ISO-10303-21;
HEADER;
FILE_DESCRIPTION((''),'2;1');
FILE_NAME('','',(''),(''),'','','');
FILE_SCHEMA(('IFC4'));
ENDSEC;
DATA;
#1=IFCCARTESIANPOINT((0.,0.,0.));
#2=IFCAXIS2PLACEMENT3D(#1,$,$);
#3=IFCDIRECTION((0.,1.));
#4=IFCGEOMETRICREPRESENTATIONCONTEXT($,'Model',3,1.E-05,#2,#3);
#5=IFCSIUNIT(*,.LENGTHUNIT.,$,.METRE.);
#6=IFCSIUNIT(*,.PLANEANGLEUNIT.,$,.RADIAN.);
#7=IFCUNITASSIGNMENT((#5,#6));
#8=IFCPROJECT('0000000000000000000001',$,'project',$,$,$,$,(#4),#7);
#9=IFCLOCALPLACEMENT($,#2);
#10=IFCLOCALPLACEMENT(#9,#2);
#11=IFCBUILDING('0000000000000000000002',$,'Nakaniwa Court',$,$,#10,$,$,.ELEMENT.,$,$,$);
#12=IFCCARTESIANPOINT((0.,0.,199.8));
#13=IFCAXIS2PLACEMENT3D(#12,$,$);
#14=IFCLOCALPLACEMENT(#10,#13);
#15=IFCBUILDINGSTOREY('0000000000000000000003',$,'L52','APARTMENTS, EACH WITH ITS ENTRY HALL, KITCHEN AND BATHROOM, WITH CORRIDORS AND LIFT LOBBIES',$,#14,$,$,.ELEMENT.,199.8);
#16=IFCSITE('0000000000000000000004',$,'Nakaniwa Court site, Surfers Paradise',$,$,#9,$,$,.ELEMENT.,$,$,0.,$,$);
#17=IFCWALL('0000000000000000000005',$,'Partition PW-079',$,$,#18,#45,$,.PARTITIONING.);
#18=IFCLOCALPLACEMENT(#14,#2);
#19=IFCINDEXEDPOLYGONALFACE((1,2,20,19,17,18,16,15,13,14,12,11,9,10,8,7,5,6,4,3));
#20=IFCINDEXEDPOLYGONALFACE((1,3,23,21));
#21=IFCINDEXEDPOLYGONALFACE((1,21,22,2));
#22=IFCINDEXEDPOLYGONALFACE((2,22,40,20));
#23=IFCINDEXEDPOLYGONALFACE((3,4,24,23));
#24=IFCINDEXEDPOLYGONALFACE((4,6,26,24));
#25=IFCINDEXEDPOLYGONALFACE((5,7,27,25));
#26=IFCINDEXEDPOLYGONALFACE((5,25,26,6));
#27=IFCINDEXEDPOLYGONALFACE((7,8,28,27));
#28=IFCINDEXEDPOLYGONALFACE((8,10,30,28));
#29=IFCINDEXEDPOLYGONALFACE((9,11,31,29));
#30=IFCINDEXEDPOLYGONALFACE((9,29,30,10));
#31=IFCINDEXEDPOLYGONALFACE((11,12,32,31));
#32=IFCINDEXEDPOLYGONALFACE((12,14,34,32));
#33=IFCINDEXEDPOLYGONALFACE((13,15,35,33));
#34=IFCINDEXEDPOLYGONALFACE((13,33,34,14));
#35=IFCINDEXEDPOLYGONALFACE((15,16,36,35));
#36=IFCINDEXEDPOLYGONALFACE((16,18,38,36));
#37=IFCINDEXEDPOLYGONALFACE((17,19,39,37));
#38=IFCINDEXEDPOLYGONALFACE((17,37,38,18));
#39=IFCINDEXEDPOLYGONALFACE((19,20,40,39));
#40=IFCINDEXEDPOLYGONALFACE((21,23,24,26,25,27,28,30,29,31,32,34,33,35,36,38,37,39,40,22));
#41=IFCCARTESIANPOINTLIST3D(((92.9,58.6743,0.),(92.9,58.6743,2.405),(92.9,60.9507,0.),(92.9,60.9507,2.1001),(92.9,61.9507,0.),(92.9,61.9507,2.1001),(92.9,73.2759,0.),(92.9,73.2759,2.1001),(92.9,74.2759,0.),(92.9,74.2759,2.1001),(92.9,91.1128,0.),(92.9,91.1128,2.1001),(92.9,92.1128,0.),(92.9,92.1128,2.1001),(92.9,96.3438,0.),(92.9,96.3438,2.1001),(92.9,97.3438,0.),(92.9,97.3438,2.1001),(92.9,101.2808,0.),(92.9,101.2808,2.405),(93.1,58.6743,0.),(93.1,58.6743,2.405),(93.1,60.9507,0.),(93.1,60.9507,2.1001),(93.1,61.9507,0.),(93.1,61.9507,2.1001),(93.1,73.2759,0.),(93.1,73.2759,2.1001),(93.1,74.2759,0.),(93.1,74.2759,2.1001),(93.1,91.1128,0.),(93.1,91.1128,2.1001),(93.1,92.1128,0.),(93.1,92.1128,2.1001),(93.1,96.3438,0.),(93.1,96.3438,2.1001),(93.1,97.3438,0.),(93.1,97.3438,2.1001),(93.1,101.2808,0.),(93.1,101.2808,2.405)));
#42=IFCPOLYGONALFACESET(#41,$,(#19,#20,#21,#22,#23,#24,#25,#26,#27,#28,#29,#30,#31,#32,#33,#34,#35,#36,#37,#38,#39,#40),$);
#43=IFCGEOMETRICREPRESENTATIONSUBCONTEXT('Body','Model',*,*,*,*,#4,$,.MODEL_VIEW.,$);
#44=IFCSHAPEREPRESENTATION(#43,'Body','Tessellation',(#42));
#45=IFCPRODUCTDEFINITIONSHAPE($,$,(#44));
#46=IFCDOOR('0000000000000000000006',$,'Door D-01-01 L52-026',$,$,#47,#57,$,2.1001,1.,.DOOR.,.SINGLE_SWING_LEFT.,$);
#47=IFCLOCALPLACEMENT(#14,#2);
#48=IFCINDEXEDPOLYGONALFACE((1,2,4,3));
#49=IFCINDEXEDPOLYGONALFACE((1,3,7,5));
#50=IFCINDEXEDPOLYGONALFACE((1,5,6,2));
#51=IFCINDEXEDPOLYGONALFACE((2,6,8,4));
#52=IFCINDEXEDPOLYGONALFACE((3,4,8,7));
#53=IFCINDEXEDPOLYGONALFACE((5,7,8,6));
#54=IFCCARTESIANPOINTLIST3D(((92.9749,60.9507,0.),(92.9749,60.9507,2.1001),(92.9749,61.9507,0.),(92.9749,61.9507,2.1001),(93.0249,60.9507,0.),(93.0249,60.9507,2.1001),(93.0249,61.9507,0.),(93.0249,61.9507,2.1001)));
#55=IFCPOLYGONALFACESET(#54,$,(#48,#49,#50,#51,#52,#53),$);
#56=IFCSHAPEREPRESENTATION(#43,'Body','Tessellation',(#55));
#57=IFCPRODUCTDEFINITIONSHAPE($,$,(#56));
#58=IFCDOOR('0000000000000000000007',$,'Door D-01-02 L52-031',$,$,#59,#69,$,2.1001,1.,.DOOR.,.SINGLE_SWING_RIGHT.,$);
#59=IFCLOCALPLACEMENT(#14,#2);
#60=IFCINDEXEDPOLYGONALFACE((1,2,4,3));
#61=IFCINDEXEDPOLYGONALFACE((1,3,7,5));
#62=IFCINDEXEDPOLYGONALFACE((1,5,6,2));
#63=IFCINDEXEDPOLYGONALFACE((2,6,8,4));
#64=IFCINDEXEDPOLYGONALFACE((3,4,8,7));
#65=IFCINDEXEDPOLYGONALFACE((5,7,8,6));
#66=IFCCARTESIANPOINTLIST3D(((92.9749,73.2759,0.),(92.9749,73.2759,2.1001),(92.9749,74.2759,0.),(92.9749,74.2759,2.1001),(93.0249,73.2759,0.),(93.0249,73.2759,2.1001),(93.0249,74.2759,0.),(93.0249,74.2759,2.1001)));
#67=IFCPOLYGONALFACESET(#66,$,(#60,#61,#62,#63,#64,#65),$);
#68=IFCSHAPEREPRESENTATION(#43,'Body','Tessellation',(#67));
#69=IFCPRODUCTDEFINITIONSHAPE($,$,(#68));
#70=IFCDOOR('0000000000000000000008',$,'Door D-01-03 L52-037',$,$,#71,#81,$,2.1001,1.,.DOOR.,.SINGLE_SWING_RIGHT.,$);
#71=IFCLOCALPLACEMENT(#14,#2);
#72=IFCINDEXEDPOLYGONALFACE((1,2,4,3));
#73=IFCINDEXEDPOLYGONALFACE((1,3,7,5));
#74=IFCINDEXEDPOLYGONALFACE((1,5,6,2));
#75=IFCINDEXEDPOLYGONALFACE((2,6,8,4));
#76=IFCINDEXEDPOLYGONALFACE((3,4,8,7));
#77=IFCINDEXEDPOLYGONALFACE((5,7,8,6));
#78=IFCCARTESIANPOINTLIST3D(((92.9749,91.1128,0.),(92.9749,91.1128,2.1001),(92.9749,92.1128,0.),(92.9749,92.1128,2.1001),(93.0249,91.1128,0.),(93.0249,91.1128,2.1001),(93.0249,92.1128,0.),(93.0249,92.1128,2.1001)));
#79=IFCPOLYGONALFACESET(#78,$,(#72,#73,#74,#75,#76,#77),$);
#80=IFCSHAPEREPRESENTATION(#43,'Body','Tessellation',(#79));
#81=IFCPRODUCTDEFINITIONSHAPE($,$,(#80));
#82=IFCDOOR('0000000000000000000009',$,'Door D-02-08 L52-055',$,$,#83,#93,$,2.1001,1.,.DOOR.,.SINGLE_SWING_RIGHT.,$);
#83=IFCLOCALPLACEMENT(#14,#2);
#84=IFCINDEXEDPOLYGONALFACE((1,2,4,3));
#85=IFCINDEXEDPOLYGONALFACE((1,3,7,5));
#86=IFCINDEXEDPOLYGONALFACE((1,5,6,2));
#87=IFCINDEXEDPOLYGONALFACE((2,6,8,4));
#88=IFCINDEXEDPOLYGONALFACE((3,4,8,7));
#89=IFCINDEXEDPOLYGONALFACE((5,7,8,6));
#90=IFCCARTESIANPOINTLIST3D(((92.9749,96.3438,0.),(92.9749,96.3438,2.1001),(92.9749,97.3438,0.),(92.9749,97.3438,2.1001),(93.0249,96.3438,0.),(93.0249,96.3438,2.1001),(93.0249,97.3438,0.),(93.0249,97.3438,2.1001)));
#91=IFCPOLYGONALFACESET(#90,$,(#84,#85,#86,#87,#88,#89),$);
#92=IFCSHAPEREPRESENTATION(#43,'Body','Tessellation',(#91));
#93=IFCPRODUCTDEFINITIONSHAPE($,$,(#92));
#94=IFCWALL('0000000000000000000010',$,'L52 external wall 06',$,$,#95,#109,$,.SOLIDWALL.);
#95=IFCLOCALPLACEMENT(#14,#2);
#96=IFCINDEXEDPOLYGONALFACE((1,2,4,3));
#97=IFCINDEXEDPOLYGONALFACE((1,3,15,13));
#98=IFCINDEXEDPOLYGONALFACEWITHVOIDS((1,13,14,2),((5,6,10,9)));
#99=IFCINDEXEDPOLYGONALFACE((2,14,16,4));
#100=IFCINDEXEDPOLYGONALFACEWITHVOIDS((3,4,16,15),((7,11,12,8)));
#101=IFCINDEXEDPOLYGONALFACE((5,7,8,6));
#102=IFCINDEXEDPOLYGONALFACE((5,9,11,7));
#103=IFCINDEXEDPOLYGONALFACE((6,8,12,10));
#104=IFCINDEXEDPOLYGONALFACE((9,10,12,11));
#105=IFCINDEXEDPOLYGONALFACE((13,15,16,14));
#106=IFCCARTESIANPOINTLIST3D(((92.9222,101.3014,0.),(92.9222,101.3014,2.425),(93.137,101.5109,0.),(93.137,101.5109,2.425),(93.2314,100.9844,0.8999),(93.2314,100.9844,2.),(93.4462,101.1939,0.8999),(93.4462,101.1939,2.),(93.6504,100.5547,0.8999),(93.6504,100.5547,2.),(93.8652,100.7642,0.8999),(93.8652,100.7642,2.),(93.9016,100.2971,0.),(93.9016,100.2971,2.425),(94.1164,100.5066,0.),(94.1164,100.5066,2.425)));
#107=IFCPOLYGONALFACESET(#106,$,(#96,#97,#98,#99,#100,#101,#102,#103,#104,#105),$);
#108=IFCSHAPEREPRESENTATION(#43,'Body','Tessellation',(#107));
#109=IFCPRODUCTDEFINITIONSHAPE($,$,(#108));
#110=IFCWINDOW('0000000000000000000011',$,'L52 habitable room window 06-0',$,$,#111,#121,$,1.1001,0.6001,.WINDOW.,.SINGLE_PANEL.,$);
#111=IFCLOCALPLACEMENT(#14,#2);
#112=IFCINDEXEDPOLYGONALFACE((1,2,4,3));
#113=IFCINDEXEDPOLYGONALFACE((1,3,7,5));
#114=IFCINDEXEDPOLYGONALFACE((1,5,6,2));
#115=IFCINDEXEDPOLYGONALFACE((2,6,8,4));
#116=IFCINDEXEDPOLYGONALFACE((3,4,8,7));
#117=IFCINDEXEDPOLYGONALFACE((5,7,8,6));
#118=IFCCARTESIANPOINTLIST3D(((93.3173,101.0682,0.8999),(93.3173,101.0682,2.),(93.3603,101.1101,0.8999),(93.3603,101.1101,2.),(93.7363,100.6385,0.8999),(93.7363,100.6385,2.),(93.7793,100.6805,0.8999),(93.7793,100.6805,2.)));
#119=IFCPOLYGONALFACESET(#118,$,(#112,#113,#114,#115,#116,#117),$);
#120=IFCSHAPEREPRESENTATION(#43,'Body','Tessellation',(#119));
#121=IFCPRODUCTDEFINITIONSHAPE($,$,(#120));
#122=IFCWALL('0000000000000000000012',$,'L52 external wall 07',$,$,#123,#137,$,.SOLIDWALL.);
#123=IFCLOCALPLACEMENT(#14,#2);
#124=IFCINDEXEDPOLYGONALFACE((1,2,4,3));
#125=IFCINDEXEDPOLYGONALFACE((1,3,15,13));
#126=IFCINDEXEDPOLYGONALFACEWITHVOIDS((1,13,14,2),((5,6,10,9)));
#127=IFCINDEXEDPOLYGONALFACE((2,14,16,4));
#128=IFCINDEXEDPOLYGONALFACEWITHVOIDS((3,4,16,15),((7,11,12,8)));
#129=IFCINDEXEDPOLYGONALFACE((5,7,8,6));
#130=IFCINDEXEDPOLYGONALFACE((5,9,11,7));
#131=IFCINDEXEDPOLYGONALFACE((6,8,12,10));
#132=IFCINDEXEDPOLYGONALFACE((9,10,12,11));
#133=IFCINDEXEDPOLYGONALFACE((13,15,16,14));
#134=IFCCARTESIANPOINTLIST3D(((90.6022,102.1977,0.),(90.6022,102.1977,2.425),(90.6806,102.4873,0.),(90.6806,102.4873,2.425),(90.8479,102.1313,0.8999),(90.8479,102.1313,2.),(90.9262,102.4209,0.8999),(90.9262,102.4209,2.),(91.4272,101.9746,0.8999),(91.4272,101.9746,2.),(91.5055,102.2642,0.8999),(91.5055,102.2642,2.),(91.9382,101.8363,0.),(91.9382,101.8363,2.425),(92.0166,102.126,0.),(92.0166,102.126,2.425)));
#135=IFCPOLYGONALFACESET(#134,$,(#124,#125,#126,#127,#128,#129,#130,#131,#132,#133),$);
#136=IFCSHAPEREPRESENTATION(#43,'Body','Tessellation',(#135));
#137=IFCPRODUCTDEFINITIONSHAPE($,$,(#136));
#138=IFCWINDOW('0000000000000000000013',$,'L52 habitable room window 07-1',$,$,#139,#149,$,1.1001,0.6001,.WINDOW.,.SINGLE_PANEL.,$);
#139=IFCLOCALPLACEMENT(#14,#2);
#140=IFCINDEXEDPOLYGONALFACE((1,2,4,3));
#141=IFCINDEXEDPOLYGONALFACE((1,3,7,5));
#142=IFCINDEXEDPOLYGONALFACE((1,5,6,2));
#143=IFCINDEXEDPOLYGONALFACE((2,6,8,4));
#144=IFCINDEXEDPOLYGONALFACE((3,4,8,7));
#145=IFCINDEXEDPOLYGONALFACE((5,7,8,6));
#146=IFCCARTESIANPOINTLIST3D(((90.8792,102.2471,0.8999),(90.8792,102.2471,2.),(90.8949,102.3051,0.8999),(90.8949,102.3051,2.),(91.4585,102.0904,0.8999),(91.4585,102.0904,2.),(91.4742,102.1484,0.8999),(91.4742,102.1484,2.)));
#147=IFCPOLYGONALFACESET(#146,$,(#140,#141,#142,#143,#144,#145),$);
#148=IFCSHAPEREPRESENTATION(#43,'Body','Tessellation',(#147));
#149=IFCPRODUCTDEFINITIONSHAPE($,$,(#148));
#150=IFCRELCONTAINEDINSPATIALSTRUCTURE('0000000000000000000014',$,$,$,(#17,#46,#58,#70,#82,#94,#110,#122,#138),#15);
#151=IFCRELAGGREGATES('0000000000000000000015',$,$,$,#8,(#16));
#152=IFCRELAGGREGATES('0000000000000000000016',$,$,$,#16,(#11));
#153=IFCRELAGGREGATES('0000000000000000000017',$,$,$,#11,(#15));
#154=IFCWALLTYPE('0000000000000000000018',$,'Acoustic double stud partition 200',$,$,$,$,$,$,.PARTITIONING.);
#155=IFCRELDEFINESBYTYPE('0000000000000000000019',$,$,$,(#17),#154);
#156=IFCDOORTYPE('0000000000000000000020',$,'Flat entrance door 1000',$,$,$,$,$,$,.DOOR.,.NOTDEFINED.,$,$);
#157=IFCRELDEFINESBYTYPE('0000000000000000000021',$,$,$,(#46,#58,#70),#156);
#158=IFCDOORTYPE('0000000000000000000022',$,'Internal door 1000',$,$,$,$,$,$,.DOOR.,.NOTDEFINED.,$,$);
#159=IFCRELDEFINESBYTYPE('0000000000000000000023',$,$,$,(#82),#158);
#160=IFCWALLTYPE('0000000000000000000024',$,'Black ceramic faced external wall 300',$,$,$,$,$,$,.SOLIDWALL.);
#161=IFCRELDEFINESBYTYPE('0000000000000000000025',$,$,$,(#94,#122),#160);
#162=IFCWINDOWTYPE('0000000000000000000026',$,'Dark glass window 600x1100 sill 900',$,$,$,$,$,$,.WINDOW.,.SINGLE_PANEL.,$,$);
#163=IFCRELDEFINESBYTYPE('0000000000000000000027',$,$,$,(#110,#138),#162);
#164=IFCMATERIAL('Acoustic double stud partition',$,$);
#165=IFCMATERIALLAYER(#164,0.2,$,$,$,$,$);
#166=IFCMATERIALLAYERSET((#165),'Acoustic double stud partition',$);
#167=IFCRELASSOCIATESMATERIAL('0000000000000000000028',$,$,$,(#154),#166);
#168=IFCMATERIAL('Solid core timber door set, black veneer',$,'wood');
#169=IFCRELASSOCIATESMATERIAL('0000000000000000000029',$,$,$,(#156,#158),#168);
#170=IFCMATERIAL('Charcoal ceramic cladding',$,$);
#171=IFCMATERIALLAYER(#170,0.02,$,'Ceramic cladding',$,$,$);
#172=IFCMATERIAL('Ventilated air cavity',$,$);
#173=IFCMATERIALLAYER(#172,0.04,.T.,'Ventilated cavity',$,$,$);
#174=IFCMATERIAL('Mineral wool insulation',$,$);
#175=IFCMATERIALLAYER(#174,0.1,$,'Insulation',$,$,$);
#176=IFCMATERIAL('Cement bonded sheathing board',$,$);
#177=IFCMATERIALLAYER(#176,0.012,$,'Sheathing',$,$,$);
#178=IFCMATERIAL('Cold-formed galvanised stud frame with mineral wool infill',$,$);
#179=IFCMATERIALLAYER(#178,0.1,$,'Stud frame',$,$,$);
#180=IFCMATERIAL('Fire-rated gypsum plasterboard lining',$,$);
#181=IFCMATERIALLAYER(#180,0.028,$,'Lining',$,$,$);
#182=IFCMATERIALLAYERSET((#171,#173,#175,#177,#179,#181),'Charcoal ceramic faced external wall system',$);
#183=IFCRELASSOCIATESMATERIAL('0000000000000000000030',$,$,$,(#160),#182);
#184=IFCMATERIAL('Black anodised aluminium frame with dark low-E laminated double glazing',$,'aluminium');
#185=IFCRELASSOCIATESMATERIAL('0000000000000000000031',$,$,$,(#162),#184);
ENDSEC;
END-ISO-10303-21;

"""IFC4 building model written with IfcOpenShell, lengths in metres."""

from ifc_helpers import new_model, si_unit, direction, frame, frame_2d, origin, place, context, subcontext, project, spatial, rectangle, extrude, material, layer, layer_set, type_object, element, fill, save


model = new_model("IFC4")

# Units and contexts
model_context = context("Model", 3, precision=1e-05, world=origin(), true_north=direction((0.0, 1.0)))
body_context = subcontext(model_context, "Body", "Model", "MODEL_VIEW")
ifc_project = project(units=[si_unit("LENGTHUNIT", "METRE"), si_unit("PLANEANGLEUNIT", "RADIAN")], contexts=[model_context])

# Site, building, storey
site_placement = place(None, origin())
site = spatial("IfcSite", under=ifc_project, at=site_placement, Name="Nakaniwa Court site, Surfers Paradise", CompositionType="ELEMENT", RefElevation=0.0)
building_placement = place(site_placement, origin())
building = spatial("IfcBuilding", under=site, at=building_placement, Name="Nakaniwa Court", CompositionType="ELEMENT")
storey_placement = place(building_placement, frame((0.0, 0.0, 199.8)))
storey = spatial("IfcBuildingStorey", under=building, at=storey_placement, Name="L52", Description="APARTMENTS, EACH WITH ITS ENTRY HALL, KITCHEN AND BATHROOM, WITH CORRIDORS AND LIFT LOBBIES", CompositionType="ELEMENT", Elevation=199.8)

# Wall, openings, doors
ifc_material_1 = material(Name="Acoustic double stud partition")
ifc_layer_1 = layer(ifc_material_1, 0.2)
ifc_layer_set_1 = layer_set([ifc_layer_1], Name="Acoustic double stud partition")
wall_type_1 = type_object("IfcWallType", Name="Acoustic double stud partition 200", PredefinedType="PARTITIONING", material=ifc_layer_set_1)
wall_1_placement = place(storey_placement, frame((93.0, 101.2808, 0.0), z_axis=(0.0, 0.0, 1.0), x_axis=(0.0, -1.0, 0.0)))
wall_1 = element("IfcWall", 1, at=wall_1_placement, inside=storey, type_object=wall_type_1, Name="Partition PW-079", PredefinedType="PARTITIONING", context=body_context, shape_type="SweptSolid", body=[
    extrude(rectangle(XDim=42.6064, YDim=0.2, at=frame_2d((21.3032, 0.0))), origin(), (0.0, 0.0, 1.0), 2.405),
])
opening_1_placement = place(wall_1_placement, frame((39.3301, 0.0, 0.0)))
opening_1 = element("IfcOpeningElement", 2, at=opening_1_placement, cuts=wall_1, PredefinedType="OPENING", context=body_context, shape_type="SweptSolid", body=[
    extrude(rectangle(XDim=1.0, YDim=2.1001, at=frame_2d((0.5, 1.05))), frame((0.0, 0.1099, 0.0), z_axis=(0.0, -1.0, 0.0), x_axis=(1.0, 0.0, 0.0)), (0.0, 0.0, 1.0), 0.22),
])
opening_2_placement = place(wall_1_placement, frame((27.0049, 0.0, 0.0)))
opening_2 = element("IfcOpeningElement", 3, at=opening_2_placement, cuts=wall_1, PredefinedType="OPENING", context=body_context, shape_type="SweptSolid", body=[
    extrude(rectangle(XDim=1.0, YDim=2.1001, at=frame_2d((0.5, 1.05))), frame((0.0, 0.1099, 0.0), z_axis=(0.0, -1.0, 0.0), x_axis=(1.0, 0.0, 0.0)), (0.0, 0.0, 1.0), 0.22),
])
opening_3_placement = place(wall_1_placement, frame((9.168, 0.0, 0.0)))
opening_3 = element("IfcOpeningElement", 4, at=opening_3_placement, cuts=wall_1, PredefinedType="OPENING", context=body_context, shape_type="SweptSolid", body=[
    extrude(rectangle(XDim=1.0, YDim=2.1001, at=frame_2d((0.5, 1.05))), frame((0.0, 0.1099, 0.0), z_axis=(0.0, -1.0, 0.0), x_axis=(1.0, 0.0, 0.0)), (0.0, 0.0, 1.0), 0.22),
])
opening_4_placement = place(wall_1_placement, frame((3.937, 0.0, 0.0)))
opening_4 = element("IfcOpeningElement", 5, at=opening_4_placement, cuts=wall_1, PredefinedType="OPENING", context=body_context, shape_type="SweptSolid", body=[
    extrude(rectangle(XDim=1.0, YDim=2.1001, at=frame_2d((0.5, 1.05))), frame((0.0, 0.1099, 0.0), z_axis=(0.0, -1.0, 0.0), x_axis=(1.0, 0.0, 0.0)), (0.0, 0.0, 1.0), 0.22),
])
ifc_material_2 = material(Name="Solid core timber door set, black veneer", Category="wood")
door_type_1 = type_object("IfcDoorType", Name="Flat entrance door 1000", OperationType="NOTDEFINED", PredefinedType="DOOR", material=ifc_material_2)
door_1_placement = place(opening_1_placement, origin())
door_1 = element("IfcDoor", 6, at=door_1_placement, inside=storey, type_object=door_type_1, Name="Door D-01-01 L52-026", OperationType="SINGLE_SWING_LEFT", OverallHeight=2.1001, OverallWidth=1.0, PredefinedType="DOOR", context=body_context, shape_type="SweptSolid", body=[
    extrude(rectangle(XDim=1.0, YDim=2.1001, at=frame_2d((0.5, 1.05))), frame((0.0, 0.0249, 0.0), z_axis=(0.0, -1.0, 0.0), x_axis=(1.0, 0.0, 0.0)), (0.0, 0.0, 1.0), 0.05),
])
fill(opening_1, door_1)
door_2_placement = place(opening_2_placement, origin())
door_2 = element("IfcDoor", 7, at=door_2_placement, inside=storey, type_object=door_type_1, Name="Door D-01-02 L52-031", OperationType="SINGLE_SWING_RIGHT", OverallHeight=2.1001, OverallWidth=1.0, PredefinedType="DOOR", context=body_context, shape_type="SweptSolid", body=[
    extrude(rectangle(XDim=1.0, YDim=2.1001, at=frame_2d((0.5, 1.05))), frame((0.0, 0.0249, 0.0), z_axis=(0.0, -1.0, 0.0), x_axis=(1.0, 0.0, 0.0)), (0.0, 0.0, 1.0), 0.05),
])
fill(opening_2, door_2)
door_3_placement = place(opening_3_placement, origin())
door_3 = element("IfcDoor", 8, at=door_3_placement, inside=storey, type_object=door_type_1, Name="Door D-01-03 L52-037", OperationType="SINGLE_SWING_RIGHT", OverallHeight=2.1001, OverallWidth=1.0, PredefinedType="DOOR", context=body_context, shape_type="SweptSolid", body=[
    extrude(rectangle(XDim=1.0, YDim=2.1001, at=frame_2d((0.5, 1.05))), frame((0.0, 0.0249, 0.0), z_axis=(0.0, -1.0, 0.0), x_axis=(1.0, 0.0, 0.0)), (0.0, 0.0, 1.0), 0.05),
])
fill(opening_3, door_3)
door_type_2 = type_object("IfcDoorType", Name="Internal door 1000", OperationType="NOTDEFINED", PredefinedType="DOOR", material=ifc_material_2)
door_4_placement = place(opening_4_placement, origin())
door_4 = element("IfcDoor", 9, at=door_4_placement, inside=storey, type_object=door_type_2, Name="Door D-02-08 L52-055", OperationType="SINGLE_SWING_RIGHT", OverallHeight=2.1001, OverallWidth=1.0, PredefinedType="DOOR", context=body_context, shape_type="SweptSolid", body=[
    extrude(rectangle(XDim=1.0, YDim=2.1001, at=frame_2d((0.5, 1.05))), frame((0.0, 0.0249, 0.0), z_axis=(0.0, -1.0, 0.0), x_axis=(1.0, 0.0, 0.0)), (0.0, 0.0, 1.0), 0.05),
])
fill(opening_4, door_4)

# Walls, openings, windows
ifc_material_3 = material(Name="Charcoal ceramic cladding")
ifc_layer_2 = layer(ifc_material_3, 0.02, Name="Ceramic cladding")
ifc_material_4 = material(Name="Ventilated air cavity")
ifc_layer_3 = layer(ifc_material_4, 0.04, ventilated=True, Name="Ventilated cavity")
ifc_material_5 = material(Name="Mineral wool insulation")
ifc_layer_4 = layer(ifc_material_5, 0.1, Name="Insulation")
ifc_material_6 = material(Name="Cement bonded sheathing board")
ifc_layer_5 = layer(ifc_material_6, 0.012, Name="Sheathing")
ifc_material_7 = material(Name="Cold-formed galvanised stud frame with mineral wool infill")
ifc_layer_6 = layer(ifc_material_7, 0.1, Name="Stud frame")
ifc_material_8 = material(Name="Fire-rated gypsum plasterboard lining")
ifc_layer_7 = layer(ifc_material_8, 0.028, Name="Lining")
ifc_layer_set_2 = layer_set([ifc_layer_2, ifc_layer_3, ifc_layer_4, ifc_layer_5, ifc_layer_6, ifc_layer_7], Name="Charcoal ceramic faced external wall system")
wall_type_2 = type_object("IfcWallType", Name="Black ceramic faced external wall 300", PredefinedType="SOLIDWALL", material=ifc_layer_set_2)
wall_2_placement = place(storey_placement, frame((94.009, 100.4019, 0.0), z_axis=(0.0, 0.0, 1.0), x_axis=(-0.698176, 0.715926, 0.0)))
wall_2 = element("IfcWall", 10, at=wall_2_placement, inside=storey, type_object=wall_type_2, Name="L52 external wall 06", PredefinedType="SOLIDWALL", context=body_context, shape_type="SweptSolid", body=[
    extrude(rectangle(XDim=1.4028, YDim=0.3, at=frame_2d((0.7014, 0.0))), origin(), (0.0, 0.0, 1.0), 2.425),
])
opening_5_placement = place(wall_2_placement, frame((0.3599, 0.0, 0.8999)))
opening_5 = element("IfcOpeningElement", 11, at=opening_5_placement, cuts=wall_2, PredefinedType="OPENING", context=body_context, shape_type="SweptSolid", body=[
    extrude(rectangle(XDim=0.6001, YDim=1.1001, at=frame_2d((0.3, 0.55))), frame((0.0, 0.1599, 0.0), z_axis=(0.0, -1.0, 0.0), x_axis=(1.0, 0.0, 0.0)), (0.0, 0.0, 1.0), 0.3201),
])
ifc_material_9 = material(Name="Black anodised aluminium frame with dark low-E laminated double glazing", Category="aluminium")
window_type_1 = type_object("IfcWindowType", Name="Dark glass window 600x1100 sill 900", PartitioningType="SINGLE_PANEL", PredefinedType="WINDOW", material=ifc_material_9)
window_1_placement = place(opening_5_placement, origin())
window_1 = element("IfcWindow", 12, at=window_1_placement, inside=storey, type_object=window_type_1, Name="L52 habitable room window 06-0", OverallHeight=1.1001, OverallWidth=0.6001, PartitioningType="SINGLE_PANEL", PredefinedType="WINDOW", context=body_context, shape_type="SweptSolid", body=[
    extrude(rectangle(XDim=0.6001, YDim=1.1001, at=frame_2d((0.3, 0.55))), frame((0.0, 0.03, 0.0), z_axis=(0.0, -1.0, 0.0), x_axis=(1.0, 0.0, 0.0)), (0.0, 0.0, 1.0), 0.0601),
])
fill(opening_5, window_1)
wall_3_placement = place(storey_placement, frame((91.9773, 101.9812, 0.0), z_axis=(0.0, 0.0, 1.0), x_axis=(-0.965315, 0.261087, 0.0)))
wall_3 = element("IfcWall", 13, at=wall_3_placement, inside=storey, type_object=wall_type_2, Name="L52 external wall 07", PredefinedType="SOLIDWALL", context=body_context, shape_type="SweptSolid", body=[
    extrude(rectangle(XDim=1.384, YDim=0.3, at=frame_2d((0.6919, 0.0))), origin(), (0.0, 0.0, 1.0), 2.425),
])
opening_6_placement = place(wall_3_placement, frame((0.5293, 0.0, 0.8999)))
opening_6 = element("IfcOpeningElement", 14, at=opening_6_placement, cuts=wall_3, PredefinedType="OPENING", context=body_context, shape_type="SweptSolid", body=[
    extrude(rectangle(XDim=0.6001, YDim=1.1001, at=frame_2d((0.3, 0.55))), frame((0.0, 0.1599, 0.0), z_axis=(0.0, -1.0, 0.0), x_axis=(1.0, 0.0, 0.0)), (0.0, 0.0, 1.0), 0.3201),
])
window_2_placement = place(opening_6_placement, origin())
window_2 = element("IfcWindow", 15, at=window_2_placement, inside=storey, type_object=window_type_1, Name="L52 habitable room window 07-1", OverallHeight=1.1001, OverallWidth=0.6001, PartitioningType="SINGLE_PANEL", PredefinedType="WINDOW", context=body_context, shape_type="SweptSolid", body=[
    extrude(rectangle(XDim=0.6001, YDim=1.1001, at=frame_2d((0.3, 0.55))), frame((0.0, 0.03, 0.0), z_axis=(0.0, -1.0, 0.0), x_axis=(1.0, 0.0, 0.0)), (0.0, 0.0, 1.0), 0.0601),
])
fill(opening_6, window_2)

save(model, "model.ifc")
